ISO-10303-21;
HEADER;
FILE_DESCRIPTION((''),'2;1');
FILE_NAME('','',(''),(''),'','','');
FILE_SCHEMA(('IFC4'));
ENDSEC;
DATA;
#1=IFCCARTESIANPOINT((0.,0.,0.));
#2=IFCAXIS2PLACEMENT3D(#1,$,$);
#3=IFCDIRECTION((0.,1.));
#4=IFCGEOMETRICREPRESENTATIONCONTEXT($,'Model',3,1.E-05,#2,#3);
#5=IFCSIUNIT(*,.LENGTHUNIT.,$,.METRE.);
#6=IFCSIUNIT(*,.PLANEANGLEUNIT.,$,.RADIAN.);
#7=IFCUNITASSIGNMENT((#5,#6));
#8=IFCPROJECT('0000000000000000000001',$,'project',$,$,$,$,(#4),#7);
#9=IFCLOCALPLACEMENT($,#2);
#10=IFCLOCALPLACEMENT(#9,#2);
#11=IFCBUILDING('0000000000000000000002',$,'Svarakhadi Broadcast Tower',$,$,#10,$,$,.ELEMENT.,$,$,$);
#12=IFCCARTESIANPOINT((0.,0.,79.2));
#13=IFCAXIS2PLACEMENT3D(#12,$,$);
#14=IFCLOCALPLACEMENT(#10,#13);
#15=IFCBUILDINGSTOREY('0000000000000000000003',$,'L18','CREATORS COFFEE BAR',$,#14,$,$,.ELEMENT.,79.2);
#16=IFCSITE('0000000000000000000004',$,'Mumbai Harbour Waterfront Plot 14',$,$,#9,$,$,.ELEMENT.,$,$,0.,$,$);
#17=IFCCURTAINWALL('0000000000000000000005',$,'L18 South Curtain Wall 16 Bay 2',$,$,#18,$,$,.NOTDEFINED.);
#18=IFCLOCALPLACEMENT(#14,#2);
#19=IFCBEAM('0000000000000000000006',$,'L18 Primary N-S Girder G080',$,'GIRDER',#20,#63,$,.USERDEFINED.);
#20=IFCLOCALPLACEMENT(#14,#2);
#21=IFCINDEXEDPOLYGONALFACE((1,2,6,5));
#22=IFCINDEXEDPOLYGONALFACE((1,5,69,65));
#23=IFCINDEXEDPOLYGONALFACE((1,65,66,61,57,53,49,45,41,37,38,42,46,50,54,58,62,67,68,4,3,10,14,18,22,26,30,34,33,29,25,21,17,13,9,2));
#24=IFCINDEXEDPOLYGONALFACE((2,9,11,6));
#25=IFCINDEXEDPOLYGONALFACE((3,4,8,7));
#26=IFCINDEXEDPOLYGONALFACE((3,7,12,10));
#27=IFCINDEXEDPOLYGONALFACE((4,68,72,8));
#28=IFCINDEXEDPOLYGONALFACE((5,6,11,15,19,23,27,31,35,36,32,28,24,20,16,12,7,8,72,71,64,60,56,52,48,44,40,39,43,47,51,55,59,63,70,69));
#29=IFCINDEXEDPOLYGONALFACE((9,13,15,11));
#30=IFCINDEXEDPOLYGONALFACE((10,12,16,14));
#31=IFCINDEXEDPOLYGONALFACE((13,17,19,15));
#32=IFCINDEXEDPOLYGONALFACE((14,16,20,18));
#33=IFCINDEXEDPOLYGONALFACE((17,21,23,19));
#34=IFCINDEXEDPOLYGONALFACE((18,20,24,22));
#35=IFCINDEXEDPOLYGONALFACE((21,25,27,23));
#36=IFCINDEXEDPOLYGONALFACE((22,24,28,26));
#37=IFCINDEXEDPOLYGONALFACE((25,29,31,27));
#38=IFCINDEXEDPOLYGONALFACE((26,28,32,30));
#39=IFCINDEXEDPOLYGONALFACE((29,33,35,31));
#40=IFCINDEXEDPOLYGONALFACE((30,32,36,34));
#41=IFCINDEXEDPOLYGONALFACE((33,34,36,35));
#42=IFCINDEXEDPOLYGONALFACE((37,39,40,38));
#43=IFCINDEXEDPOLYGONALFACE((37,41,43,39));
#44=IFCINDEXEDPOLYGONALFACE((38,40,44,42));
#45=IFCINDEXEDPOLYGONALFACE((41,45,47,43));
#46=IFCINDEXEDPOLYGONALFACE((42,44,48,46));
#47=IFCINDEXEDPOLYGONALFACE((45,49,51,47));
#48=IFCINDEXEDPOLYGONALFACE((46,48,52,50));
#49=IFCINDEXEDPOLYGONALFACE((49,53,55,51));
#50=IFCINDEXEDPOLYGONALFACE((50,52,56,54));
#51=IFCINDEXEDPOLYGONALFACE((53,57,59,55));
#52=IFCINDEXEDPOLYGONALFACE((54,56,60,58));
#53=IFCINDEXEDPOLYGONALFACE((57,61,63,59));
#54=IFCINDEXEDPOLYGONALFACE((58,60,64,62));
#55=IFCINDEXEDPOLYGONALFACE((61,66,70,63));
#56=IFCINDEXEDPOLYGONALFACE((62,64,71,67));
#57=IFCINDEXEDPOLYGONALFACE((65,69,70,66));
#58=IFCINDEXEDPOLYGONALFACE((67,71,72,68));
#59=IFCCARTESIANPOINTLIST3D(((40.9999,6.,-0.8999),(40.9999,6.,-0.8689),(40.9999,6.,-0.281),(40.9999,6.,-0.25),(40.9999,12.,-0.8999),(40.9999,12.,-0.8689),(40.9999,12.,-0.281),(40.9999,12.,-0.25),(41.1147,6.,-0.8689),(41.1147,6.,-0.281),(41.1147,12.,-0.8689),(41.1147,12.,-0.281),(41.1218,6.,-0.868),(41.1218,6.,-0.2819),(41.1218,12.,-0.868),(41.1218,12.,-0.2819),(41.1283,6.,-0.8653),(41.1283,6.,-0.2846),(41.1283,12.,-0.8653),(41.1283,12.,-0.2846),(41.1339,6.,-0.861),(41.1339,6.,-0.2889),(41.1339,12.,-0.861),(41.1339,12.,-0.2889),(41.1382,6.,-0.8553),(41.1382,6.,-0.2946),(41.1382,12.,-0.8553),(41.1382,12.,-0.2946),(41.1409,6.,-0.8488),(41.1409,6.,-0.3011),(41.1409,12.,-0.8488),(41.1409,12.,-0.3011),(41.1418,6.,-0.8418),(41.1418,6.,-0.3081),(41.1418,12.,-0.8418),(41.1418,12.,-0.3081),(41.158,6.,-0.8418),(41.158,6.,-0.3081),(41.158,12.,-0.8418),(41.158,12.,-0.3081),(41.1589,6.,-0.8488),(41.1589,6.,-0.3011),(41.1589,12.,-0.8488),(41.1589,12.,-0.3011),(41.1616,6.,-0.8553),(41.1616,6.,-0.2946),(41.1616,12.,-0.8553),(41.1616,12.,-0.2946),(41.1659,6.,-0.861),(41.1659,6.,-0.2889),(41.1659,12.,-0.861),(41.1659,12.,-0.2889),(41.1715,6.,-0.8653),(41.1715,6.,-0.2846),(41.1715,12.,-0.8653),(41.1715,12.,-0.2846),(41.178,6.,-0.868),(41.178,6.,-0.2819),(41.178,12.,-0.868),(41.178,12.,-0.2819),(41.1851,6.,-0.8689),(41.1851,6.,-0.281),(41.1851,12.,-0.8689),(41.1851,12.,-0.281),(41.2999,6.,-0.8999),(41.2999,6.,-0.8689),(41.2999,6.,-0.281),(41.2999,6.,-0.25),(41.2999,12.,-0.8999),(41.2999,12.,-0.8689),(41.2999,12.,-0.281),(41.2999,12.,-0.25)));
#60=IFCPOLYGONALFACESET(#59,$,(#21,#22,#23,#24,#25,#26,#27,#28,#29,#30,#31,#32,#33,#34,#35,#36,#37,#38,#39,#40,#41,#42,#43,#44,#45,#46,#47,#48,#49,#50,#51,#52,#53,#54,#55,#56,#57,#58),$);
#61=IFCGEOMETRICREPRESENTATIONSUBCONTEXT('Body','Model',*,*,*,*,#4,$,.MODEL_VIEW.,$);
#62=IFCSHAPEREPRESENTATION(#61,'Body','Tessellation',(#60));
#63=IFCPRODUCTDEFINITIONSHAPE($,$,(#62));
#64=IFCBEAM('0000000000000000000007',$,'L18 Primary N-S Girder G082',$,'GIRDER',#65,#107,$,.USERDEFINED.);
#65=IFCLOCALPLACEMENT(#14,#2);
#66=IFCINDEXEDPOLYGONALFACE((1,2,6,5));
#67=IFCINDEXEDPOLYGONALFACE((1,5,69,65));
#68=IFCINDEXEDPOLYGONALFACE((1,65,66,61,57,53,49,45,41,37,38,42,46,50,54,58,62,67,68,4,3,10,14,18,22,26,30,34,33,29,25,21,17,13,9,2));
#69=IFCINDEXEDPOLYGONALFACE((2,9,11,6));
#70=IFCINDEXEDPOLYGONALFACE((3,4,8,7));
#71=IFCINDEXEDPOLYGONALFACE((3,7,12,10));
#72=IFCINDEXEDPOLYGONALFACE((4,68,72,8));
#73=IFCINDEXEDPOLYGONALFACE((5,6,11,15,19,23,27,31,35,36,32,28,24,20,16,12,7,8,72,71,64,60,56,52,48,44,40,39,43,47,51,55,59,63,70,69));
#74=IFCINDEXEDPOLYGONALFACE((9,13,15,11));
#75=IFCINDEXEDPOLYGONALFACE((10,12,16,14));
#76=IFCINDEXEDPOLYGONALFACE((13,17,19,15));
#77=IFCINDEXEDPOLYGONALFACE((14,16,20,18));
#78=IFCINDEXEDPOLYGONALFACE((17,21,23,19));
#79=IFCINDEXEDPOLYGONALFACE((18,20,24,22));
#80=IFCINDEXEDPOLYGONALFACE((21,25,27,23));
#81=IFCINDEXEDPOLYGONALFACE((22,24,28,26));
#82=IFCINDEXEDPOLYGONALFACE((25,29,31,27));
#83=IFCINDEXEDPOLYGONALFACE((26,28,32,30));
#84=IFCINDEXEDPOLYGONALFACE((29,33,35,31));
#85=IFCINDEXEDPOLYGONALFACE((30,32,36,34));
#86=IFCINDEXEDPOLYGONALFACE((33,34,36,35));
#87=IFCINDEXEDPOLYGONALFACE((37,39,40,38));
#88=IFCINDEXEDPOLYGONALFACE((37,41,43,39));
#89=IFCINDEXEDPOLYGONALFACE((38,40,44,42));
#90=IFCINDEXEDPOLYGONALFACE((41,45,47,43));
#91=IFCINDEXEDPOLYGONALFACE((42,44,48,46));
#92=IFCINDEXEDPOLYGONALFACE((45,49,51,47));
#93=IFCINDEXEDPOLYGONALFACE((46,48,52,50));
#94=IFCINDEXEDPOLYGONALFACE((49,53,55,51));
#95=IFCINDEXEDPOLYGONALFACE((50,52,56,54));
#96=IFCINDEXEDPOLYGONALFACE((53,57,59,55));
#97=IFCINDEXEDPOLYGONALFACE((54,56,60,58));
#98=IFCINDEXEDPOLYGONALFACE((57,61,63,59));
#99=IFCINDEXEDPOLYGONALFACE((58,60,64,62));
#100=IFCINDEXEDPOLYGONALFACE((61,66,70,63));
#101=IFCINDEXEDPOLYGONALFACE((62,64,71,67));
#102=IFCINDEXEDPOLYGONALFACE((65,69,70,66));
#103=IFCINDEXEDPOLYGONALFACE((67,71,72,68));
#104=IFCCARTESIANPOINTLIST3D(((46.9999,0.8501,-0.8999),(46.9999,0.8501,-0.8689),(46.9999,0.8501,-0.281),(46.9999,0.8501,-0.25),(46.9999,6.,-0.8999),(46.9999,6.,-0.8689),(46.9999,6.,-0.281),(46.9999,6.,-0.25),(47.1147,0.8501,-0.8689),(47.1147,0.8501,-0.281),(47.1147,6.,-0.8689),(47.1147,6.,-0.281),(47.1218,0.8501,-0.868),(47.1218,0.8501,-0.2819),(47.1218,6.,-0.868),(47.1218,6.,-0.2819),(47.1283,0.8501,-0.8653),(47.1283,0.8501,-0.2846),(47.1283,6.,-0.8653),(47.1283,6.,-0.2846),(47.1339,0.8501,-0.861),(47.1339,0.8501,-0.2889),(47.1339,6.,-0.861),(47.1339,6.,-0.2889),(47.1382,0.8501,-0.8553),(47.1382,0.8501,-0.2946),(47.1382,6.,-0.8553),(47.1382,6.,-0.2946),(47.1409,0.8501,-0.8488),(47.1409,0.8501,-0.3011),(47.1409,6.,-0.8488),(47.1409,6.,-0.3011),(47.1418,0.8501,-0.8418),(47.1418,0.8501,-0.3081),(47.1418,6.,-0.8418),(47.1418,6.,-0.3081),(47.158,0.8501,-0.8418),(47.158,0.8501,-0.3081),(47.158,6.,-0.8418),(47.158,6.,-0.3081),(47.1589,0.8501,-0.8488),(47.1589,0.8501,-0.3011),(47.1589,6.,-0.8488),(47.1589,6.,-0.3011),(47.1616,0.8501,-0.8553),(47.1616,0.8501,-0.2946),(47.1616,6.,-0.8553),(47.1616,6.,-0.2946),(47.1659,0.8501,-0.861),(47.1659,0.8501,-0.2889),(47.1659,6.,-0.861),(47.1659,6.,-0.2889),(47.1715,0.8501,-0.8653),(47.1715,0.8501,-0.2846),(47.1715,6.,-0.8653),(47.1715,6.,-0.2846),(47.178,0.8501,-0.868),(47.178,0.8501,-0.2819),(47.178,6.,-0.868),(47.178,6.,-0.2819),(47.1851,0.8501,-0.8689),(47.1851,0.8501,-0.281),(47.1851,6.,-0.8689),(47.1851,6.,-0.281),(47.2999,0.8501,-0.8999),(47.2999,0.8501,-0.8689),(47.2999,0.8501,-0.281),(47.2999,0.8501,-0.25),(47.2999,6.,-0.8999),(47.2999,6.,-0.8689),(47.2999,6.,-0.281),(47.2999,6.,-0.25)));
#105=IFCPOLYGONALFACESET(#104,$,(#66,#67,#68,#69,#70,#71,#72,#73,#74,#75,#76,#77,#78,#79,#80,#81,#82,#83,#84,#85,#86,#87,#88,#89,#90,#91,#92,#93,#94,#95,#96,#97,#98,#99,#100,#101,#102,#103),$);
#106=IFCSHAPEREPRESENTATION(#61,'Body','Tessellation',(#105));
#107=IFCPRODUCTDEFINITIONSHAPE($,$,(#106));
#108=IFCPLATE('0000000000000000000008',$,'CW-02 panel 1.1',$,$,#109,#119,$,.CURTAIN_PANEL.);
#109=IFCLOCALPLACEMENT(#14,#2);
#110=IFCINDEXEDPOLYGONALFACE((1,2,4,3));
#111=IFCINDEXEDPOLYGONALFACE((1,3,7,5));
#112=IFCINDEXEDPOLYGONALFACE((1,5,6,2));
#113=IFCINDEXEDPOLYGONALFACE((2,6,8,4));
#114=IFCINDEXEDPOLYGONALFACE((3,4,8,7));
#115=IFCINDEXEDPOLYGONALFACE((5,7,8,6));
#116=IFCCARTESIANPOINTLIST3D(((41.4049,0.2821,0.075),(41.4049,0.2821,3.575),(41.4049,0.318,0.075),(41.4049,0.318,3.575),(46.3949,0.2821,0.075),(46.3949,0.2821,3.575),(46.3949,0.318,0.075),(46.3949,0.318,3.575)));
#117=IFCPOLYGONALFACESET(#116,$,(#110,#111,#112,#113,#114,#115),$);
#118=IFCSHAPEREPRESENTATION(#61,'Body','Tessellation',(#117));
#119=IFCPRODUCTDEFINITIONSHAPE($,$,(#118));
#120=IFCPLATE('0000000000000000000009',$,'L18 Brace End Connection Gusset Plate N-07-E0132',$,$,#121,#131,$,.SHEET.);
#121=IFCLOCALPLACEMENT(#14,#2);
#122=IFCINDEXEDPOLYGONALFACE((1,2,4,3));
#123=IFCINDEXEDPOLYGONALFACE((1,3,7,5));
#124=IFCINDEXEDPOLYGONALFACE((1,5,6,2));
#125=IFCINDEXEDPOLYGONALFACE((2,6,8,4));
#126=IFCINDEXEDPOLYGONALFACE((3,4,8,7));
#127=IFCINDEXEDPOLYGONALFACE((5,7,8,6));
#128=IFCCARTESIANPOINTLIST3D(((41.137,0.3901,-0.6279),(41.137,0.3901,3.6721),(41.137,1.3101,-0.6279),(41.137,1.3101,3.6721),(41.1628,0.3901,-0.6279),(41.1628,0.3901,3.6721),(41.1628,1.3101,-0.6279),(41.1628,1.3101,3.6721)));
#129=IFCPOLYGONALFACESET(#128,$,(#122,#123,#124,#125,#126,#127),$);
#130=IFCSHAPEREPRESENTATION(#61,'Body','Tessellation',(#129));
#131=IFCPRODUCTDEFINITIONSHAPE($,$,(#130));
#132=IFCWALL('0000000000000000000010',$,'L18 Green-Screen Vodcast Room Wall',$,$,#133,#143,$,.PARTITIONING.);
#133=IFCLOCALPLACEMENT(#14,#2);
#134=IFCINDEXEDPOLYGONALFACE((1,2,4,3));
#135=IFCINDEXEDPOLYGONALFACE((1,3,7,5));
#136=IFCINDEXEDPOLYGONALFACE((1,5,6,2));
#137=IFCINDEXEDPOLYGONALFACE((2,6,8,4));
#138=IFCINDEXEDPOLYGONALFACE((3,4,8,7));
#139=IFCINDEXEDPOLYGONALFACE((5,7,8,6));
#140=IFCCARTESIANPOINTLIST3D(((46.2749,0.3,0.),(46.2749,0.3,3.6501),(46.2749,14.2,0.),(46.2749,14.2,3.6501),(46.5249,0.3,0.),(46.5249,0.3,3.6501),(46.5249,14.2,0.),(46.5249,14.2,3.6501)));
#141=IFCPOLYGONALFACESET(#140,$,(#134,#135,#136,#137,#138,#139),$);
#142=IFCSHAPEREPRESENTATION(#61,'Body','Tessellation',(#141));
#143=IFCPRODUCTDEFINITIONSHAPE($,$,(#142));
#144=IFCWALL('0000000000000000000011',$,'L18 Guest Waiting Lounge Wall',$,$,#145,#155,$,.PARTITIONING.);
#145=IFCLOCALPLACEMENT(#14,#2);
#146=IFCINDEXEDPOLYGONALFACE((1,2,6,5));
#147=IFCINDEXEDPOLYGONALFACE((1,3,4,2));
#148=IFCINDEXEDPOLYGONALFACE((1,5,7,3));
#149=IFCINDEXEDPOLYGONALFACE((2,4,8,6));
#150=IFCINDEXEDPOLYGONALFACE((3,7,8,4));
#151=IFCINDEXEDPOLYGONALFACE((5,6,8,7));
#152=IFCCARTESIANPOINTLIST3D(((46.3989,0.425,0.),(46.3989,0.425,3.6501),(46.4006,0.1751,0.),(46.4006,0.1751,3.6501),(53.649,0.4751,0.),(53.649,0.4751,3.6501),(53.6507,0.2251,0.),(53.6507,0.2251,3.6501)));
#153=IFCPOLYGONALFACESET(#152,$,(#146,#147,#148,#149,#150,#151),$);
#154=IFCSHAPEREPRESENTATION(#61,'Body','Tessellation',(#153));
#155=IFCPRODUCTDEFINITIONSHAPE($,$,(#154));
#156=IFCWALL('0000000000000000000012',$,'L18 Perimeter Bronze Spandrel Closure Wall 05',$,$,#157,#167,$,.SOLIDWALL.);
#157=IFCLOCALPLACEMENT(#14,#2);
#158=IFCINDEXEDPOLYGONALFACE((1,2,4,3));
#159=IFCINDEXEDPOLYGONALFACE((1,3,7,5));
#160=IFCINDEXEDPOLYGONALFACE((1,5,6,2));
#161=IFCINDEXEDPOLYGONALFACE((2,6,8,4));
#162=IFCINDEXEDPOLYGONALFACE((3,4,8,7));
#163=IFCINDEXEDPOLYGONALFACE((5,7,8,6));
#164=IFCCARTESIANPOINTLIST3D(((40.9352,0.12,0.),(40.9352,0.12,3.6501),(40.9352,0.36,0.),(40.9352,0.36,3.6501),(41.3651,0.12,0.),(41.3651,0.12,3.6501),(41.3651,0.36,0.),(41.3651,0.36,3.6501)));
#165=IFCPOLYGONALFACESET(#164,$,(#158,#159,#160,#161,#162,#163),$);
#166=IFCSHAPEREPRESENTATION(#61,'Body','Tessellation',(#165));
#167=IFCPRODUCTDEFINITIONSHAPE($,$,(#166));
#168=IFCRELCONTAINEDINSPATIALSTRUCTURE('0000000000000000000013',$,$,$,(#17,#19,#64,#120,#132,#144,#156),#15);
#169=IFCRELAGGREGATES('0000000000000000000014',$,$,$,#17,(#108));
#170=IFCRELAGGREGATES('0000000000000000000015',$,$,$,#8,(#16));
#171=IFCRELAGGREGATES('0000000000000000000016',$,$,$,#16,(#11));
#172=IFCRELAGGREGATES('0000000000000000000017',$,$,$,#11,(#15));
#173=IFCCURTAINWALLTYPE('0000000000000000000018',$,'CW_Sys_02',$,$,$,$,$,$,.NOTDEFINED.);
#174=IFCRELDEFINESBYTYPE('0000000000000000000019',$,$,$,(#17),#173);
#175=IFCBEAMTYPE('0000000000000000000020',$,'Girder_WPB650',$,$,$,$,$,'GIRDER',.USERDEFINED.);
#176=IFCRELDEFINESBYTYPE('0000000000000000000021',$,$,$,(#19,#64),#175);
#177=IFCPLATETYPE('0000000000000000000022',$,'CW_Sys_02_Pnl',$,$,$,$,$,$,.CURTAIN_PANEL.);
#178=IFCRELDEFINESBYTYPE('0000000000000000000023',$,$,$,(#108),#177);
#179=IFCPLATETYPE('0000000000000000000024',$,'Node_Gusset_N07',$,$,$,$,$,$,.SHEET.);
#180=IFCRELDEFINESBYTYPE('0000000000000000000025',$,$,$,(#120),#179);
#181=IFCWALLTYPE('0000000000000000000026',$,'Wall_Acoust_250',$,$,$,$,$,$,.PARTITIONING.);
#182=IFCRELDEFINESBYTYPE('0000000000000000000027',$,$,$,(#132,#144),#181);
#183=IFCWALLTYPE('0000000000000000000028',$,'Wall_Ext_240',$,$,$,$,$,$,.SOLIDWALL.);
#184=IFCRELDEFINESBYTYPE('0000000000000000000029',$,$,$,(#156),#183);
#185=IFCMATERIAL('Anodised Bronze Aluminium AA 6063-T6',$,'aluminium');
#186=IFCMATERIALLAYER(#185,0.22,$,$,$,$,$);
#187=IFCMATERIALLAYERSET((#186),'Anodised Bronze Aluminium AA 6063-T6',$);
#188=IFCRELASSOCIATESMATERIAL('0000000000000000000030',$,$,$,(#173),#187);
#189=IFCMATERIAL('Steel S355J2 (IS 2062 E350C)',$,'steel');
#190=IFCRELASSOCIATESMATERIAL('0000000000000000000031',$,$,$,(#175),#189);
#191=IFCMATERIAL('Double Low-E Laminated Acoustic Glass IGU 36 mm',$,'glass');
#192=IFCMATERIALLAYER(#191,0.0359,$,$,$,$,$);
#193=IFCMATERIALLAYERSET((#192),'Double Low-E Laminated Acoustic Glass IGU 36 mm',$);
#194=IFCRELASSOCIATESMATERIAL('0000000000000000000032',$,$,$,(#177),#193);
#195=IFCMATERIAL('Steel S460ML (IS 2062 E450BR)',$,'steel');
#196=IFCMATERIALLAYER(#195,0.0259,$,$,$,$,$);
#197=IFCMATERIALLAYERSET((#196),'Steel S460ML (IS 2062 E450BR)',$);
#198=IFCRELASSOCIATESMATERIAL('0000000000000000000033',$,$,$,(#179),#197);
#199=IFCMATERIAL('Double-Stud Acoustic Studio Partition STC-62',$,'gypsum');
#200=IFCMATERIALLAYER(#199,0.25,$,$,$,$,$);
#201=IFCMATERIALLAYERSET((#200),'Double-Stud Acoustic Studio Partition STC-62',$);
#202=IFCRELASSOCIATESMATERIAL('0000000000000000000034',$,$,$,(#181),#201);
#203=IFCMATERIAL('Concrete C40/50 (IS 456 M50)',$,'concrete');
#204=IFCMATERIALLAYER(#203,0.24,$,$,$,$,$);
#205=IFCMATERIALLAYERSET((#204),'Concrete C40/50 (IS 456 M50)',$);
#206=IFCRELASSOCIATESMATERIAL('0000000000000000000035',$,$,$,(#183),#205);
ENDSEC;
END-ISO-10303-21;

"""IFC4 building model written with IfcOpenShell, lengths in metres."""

from ifc_helpers import new_model, si_unit, direction, frame, frame_2d, origin, origin_2d, place, context, subcontext, project, spatial, rectangle, i_section, extrude, material, layer, layer_set, material_profile, profile_set, type_object, element, aggregate, save


model = new_model("IFC4")

# Units and contexts
model_context = context("Model", 3, precision=1e-05, world=origin(), true_north=direction((0.0, 1.0)))
body_context = subcontext(model_context, "Body", "Model", "MODEL_VIEW")
ifc_project = project(units=[si_unit("LENGTHUNIT", "METRE"), si_unit("PLANEANGLEUNIT", "RADIAN")], contexts=[model_context])

# Site, building, storey
site_placement = place(None, origin())
site = spatial("IfcSite", under=ifc_project, at=site_placement, Name="Mumbai Harbour Waterfront Plot 14", CompositionType="ELEMENT", RefElevation=0.0)
building_placement = place(site_placement, origin())
building = spatial("IfcBuilding", under=site, at=building_placement, Name="Svarakhadi Broadcast Tower", CompositionType="ELEMENT")
storey_placement = place(building_placement, frame((0.0, 0.0, 79.2)))
storey = spatial("IfcBuildingStorey", under=building, at=storey_placement, Name="L18", Description="CREATORS COFFEE BAR", CompositionType="ELEMENT", Elevation=79.2)

# Shared definitions
ifc_material_1 = material(Name="Steel S460ML (IS 2062 E450BR)", Category="steel")

# Shared definitions
ifc_material_2 = material(Name="Steel S355J2 (IS 2062 E350C)", Category="steel")

# Curtain wall
ifc_material_3 = material(Name="Anodised Bronze Aluminium AA 6063-T6", Category="aluminium")
ifc_layer_1 = layer(ifc_material_3, 0.22)
ifc_layer_set_1 = layer_set([ifc_layer_1], Name="Anodised Bronze Aluminium AA 6063-T6")
curtain_wall_type = type_object("IfcCurtainWallType", Name="CW_Sys_02", PredefinedType="NOTDEFINED", material=ifc_layer_set_1)
curtain_wall_placement = place(storey_placement, origin())
curtain_wall = element("IfcCurtainWall", 1, at=curtain_wall_placement, inside=storey, type_object=curtain_wall_type, Name="L18 South Curtain Wall 16 Bay 2", PredefinedType="NOTDEFINED")

# Beams
ifc_material_profile_1 = material_profile(ifc_material_2, i_section(OverallWidth=0.3, OverallDepth=0.6499, WebThickness=0.0161, FlangeThickness=0.031, FilletRadius=0.0271, at=origin_2d()), Name="WPB 650x300x225")
ifc_profile_set_1 = profile_set([ifc_material_profile_1], Name="Steel S355J2 (IS 2062 E350C)")
beam_type_1 = type_object("IfcBeamType", Name="Girder_WPB650", ElementType="GIRDER", PredefinedType="USERDEFINED", material=ifc_profile_set_1)
beam_1_placement = place(storey_placement, frame((41.1499, 6.0, -0.575), z_axis=(0.0, 1.0, 0.0), x_axis=(-1.0, 0.0, 0.0)))
element("IfcBeam", 2, at=beam_1_placement, inside=storey, type_object=beam_type_1, Name="L18 Primary N-S Girder G080", ObjectType="GIRDER", PredefinedType="USERDEFINED", context=body_context, shape_type="SweptSolid", body=[
    extrude(i_section(OverallWidth=0.3, OverallDepth=0.6499, WebThickness=0.0161, FlangeThickness=0.031, FilletRadius=0.0271, at=origin_2d()), origin(), (0.0, 0.0, 1.0), 6.0),
])
beam_2_placement = place(storey_placement, frame((47.1499, 0.8501, -0.575), z_axis=(0.0, 1.0, 0.0), x_axis=(-1.0, 0.0, 0.0)))
element("IfcBeam", 3, at=beam_2_placement, inside=storey, type_object=beam_type_1, Name="L18 Primary N-S Girder G082", ObjectType="GIRDER", PredefinedType="USERDEFINED", context=body_context, shape_type="SweptSolid", body=[
    extrude(i_section(OverallWidth=0.3, OverallDepth=0.6499, WebThickness=0.0161, FlangeThickness=0.031, FilletRadius=0.0271, at=origin_2d()), origin(), (0.0, 0.0, 1.0), 5.1499),
])

# Plates
ifc_material_4 = material(Name="Double Low-E Laminated Acoustic Glass IGU 36 mm", Category="glass")
ifc_layer_2 = layer(ifc_material_4, 0.0359)
ifc_layer_set_2 = layer_set([ifc_layer_2], Name="Double Low-E Laminated Acoustic Glass IGU 36 mm")
plate_type_1 = type_object("IfcPlateType", Name="CW_Sys_02_Pnl", PredefinedType="CURTAIN_PANEL", material=ifc_layer_set_2)
plate_1_placement = place(storey_placement, frame((43.8999, 0.3, 0.075), z_axis=(0.0, 0.0, 1.0), x_axis=(-1.0, 0.0, 0.0)))
plate_1 = element("IfcPlate", 4, at=plate_1_placement, type_object=plate_type_1, Name="CW-02 panel 1.1", PredefinedType="CURTAIN_PANEL", context=body_context, shape_type="SweptSolid", body=[
    extrude(rectangle(XDim=4.99, YDim=0.0359, at=origin_2d()), origin(), (0.0, 0.0, 1.0), 3.5),
])
aggregate(curtain_wall, [plate_1])
ifc_layer_3 = layer(ifc_material_1, 0.0259)
ifc_layer_set_3 = layer_set([ifc_layer_3], Name="Steel S460ML (IS 2062 E450BR)")
plate_type_2 = type_object("IfcPlateType", Name="Node_Gusset_N07", PredefinedType="SHEET", material=ifc_layer_set_3)
plate_2_placement = place(storey_placement, frame((41.1499, 0.8501, -0.6279), z_axis=(0.0, 0.0, 1.0), x_axis=(0.0, 1.0, 0.0)))
element("IfcPlate", 5, at=plate_2_placement, inside=storey, type_object=plate_type_2, Name="L18 Brace End Connection Gusset Plate N-07-E0132", PredefinedType="SHEET", context=body_context, shape_type="SweptSolid", body=[
    extrude(rectangle(XDim=0.9199, YDim=0.0259, at=origin_2d()), origin(), (0.0, 0.0, 1.0), 4.3),
])

# Walls
ifc_material_5 = material(Name="Double-Stud Acoustic Studio Partition STC-62", Category="gypsum")
ifc_layer_4 = layer(ifc_material_5, 0.25)
ifc_layer_set_4 = layer_set([ifc_layer_4], Name="Double-Stud Acoustic Studio Partition STC-62")
wall_type_1 = type_object("IfcWallType", Name="Wall_Acoust_250", PredefinedType="PARTITIONING", material=ifc_layer_set_4)
wall_1_placement = place(storey_placement, frame((46.3999, 0.3, 0.0), z_axis=(0.0, 0.0, 1.0), x_axis=(0.0, 1.0, 0.0)))
element("IfcWall", 6, at=wall_1_placement, inside=storey, type_object=wall_type_1, Name="L18 Green-Screen Vodcast Room Wall", PredefinedType="PARTITIONING", context=body_context, shape_type="SweptSolid", body=[
    extrude(rectangle(XDim=13.8999, YDim=0.25, at=frame_2d((6.95, 0.0))), origin(), (0.0, 0.0, 1.0), 3.6501),
])
wall_2_placement = place(storey_placement, frame((46.3999, 0.3, 0.0), z_axis=(0.0, 0.0, 1.0), x_axis=(0.999976, 0.006903, 0.0)))
element("IfcWall", 7, at=wall_2_placement, inside=storey, type_object=wall_type_1, Name="L18 Guest Waiting Lounge Wall", PredefinedType="PARTITIONING", context=body_context, shape_type="SweptSolid", body=[
    extrude(rectangle(XDim=7.2502, YDim=0.25, at=frame_2d((3.625, 0.0))), origin(), (0.0, 0.0, 1.0), 3.6501),
])
ifc_material_6 = material(Name="Concrete C40/50 (IS 456 M50)", Category="concrete")
ifc_layer_5 = layer(ifc_material_6, 0.24)
ifc_layer_set_5 = layer_set([ifc_layer_5], Name="Concrete C40/50 (IS 456 M50)")
wall_type_2 = type_object("IfcWallType", Name="Wall_Ext_240", PredefinedType="SOLIDWALL", material=ifc_layer_set_5)
wall_3_placement = place(storey_placement, frame((41.365, 0.24, 0.0), z_axis=(0.0, 0.0, 1.0), x_axis=(-1.0, 0.0, 0.0)))
element("IfcWall", 8, at=wall_3_placement, inside=storey, type_object=wall_type_2, Name="L18 Perimeter Bronze Spandrel Closure Wall 05", PredefinedType="SOLIDWALL", context=body_context, shape_type="SweptSolid", body=[
    extrude(rectangle(XDim=0.4299, YDim=0.24, at=frame_2d((0.2148, 0.0))), origin(), (0.0, 0.0, 1.0), 3.6501),
])

save(model, "model.ifc")
